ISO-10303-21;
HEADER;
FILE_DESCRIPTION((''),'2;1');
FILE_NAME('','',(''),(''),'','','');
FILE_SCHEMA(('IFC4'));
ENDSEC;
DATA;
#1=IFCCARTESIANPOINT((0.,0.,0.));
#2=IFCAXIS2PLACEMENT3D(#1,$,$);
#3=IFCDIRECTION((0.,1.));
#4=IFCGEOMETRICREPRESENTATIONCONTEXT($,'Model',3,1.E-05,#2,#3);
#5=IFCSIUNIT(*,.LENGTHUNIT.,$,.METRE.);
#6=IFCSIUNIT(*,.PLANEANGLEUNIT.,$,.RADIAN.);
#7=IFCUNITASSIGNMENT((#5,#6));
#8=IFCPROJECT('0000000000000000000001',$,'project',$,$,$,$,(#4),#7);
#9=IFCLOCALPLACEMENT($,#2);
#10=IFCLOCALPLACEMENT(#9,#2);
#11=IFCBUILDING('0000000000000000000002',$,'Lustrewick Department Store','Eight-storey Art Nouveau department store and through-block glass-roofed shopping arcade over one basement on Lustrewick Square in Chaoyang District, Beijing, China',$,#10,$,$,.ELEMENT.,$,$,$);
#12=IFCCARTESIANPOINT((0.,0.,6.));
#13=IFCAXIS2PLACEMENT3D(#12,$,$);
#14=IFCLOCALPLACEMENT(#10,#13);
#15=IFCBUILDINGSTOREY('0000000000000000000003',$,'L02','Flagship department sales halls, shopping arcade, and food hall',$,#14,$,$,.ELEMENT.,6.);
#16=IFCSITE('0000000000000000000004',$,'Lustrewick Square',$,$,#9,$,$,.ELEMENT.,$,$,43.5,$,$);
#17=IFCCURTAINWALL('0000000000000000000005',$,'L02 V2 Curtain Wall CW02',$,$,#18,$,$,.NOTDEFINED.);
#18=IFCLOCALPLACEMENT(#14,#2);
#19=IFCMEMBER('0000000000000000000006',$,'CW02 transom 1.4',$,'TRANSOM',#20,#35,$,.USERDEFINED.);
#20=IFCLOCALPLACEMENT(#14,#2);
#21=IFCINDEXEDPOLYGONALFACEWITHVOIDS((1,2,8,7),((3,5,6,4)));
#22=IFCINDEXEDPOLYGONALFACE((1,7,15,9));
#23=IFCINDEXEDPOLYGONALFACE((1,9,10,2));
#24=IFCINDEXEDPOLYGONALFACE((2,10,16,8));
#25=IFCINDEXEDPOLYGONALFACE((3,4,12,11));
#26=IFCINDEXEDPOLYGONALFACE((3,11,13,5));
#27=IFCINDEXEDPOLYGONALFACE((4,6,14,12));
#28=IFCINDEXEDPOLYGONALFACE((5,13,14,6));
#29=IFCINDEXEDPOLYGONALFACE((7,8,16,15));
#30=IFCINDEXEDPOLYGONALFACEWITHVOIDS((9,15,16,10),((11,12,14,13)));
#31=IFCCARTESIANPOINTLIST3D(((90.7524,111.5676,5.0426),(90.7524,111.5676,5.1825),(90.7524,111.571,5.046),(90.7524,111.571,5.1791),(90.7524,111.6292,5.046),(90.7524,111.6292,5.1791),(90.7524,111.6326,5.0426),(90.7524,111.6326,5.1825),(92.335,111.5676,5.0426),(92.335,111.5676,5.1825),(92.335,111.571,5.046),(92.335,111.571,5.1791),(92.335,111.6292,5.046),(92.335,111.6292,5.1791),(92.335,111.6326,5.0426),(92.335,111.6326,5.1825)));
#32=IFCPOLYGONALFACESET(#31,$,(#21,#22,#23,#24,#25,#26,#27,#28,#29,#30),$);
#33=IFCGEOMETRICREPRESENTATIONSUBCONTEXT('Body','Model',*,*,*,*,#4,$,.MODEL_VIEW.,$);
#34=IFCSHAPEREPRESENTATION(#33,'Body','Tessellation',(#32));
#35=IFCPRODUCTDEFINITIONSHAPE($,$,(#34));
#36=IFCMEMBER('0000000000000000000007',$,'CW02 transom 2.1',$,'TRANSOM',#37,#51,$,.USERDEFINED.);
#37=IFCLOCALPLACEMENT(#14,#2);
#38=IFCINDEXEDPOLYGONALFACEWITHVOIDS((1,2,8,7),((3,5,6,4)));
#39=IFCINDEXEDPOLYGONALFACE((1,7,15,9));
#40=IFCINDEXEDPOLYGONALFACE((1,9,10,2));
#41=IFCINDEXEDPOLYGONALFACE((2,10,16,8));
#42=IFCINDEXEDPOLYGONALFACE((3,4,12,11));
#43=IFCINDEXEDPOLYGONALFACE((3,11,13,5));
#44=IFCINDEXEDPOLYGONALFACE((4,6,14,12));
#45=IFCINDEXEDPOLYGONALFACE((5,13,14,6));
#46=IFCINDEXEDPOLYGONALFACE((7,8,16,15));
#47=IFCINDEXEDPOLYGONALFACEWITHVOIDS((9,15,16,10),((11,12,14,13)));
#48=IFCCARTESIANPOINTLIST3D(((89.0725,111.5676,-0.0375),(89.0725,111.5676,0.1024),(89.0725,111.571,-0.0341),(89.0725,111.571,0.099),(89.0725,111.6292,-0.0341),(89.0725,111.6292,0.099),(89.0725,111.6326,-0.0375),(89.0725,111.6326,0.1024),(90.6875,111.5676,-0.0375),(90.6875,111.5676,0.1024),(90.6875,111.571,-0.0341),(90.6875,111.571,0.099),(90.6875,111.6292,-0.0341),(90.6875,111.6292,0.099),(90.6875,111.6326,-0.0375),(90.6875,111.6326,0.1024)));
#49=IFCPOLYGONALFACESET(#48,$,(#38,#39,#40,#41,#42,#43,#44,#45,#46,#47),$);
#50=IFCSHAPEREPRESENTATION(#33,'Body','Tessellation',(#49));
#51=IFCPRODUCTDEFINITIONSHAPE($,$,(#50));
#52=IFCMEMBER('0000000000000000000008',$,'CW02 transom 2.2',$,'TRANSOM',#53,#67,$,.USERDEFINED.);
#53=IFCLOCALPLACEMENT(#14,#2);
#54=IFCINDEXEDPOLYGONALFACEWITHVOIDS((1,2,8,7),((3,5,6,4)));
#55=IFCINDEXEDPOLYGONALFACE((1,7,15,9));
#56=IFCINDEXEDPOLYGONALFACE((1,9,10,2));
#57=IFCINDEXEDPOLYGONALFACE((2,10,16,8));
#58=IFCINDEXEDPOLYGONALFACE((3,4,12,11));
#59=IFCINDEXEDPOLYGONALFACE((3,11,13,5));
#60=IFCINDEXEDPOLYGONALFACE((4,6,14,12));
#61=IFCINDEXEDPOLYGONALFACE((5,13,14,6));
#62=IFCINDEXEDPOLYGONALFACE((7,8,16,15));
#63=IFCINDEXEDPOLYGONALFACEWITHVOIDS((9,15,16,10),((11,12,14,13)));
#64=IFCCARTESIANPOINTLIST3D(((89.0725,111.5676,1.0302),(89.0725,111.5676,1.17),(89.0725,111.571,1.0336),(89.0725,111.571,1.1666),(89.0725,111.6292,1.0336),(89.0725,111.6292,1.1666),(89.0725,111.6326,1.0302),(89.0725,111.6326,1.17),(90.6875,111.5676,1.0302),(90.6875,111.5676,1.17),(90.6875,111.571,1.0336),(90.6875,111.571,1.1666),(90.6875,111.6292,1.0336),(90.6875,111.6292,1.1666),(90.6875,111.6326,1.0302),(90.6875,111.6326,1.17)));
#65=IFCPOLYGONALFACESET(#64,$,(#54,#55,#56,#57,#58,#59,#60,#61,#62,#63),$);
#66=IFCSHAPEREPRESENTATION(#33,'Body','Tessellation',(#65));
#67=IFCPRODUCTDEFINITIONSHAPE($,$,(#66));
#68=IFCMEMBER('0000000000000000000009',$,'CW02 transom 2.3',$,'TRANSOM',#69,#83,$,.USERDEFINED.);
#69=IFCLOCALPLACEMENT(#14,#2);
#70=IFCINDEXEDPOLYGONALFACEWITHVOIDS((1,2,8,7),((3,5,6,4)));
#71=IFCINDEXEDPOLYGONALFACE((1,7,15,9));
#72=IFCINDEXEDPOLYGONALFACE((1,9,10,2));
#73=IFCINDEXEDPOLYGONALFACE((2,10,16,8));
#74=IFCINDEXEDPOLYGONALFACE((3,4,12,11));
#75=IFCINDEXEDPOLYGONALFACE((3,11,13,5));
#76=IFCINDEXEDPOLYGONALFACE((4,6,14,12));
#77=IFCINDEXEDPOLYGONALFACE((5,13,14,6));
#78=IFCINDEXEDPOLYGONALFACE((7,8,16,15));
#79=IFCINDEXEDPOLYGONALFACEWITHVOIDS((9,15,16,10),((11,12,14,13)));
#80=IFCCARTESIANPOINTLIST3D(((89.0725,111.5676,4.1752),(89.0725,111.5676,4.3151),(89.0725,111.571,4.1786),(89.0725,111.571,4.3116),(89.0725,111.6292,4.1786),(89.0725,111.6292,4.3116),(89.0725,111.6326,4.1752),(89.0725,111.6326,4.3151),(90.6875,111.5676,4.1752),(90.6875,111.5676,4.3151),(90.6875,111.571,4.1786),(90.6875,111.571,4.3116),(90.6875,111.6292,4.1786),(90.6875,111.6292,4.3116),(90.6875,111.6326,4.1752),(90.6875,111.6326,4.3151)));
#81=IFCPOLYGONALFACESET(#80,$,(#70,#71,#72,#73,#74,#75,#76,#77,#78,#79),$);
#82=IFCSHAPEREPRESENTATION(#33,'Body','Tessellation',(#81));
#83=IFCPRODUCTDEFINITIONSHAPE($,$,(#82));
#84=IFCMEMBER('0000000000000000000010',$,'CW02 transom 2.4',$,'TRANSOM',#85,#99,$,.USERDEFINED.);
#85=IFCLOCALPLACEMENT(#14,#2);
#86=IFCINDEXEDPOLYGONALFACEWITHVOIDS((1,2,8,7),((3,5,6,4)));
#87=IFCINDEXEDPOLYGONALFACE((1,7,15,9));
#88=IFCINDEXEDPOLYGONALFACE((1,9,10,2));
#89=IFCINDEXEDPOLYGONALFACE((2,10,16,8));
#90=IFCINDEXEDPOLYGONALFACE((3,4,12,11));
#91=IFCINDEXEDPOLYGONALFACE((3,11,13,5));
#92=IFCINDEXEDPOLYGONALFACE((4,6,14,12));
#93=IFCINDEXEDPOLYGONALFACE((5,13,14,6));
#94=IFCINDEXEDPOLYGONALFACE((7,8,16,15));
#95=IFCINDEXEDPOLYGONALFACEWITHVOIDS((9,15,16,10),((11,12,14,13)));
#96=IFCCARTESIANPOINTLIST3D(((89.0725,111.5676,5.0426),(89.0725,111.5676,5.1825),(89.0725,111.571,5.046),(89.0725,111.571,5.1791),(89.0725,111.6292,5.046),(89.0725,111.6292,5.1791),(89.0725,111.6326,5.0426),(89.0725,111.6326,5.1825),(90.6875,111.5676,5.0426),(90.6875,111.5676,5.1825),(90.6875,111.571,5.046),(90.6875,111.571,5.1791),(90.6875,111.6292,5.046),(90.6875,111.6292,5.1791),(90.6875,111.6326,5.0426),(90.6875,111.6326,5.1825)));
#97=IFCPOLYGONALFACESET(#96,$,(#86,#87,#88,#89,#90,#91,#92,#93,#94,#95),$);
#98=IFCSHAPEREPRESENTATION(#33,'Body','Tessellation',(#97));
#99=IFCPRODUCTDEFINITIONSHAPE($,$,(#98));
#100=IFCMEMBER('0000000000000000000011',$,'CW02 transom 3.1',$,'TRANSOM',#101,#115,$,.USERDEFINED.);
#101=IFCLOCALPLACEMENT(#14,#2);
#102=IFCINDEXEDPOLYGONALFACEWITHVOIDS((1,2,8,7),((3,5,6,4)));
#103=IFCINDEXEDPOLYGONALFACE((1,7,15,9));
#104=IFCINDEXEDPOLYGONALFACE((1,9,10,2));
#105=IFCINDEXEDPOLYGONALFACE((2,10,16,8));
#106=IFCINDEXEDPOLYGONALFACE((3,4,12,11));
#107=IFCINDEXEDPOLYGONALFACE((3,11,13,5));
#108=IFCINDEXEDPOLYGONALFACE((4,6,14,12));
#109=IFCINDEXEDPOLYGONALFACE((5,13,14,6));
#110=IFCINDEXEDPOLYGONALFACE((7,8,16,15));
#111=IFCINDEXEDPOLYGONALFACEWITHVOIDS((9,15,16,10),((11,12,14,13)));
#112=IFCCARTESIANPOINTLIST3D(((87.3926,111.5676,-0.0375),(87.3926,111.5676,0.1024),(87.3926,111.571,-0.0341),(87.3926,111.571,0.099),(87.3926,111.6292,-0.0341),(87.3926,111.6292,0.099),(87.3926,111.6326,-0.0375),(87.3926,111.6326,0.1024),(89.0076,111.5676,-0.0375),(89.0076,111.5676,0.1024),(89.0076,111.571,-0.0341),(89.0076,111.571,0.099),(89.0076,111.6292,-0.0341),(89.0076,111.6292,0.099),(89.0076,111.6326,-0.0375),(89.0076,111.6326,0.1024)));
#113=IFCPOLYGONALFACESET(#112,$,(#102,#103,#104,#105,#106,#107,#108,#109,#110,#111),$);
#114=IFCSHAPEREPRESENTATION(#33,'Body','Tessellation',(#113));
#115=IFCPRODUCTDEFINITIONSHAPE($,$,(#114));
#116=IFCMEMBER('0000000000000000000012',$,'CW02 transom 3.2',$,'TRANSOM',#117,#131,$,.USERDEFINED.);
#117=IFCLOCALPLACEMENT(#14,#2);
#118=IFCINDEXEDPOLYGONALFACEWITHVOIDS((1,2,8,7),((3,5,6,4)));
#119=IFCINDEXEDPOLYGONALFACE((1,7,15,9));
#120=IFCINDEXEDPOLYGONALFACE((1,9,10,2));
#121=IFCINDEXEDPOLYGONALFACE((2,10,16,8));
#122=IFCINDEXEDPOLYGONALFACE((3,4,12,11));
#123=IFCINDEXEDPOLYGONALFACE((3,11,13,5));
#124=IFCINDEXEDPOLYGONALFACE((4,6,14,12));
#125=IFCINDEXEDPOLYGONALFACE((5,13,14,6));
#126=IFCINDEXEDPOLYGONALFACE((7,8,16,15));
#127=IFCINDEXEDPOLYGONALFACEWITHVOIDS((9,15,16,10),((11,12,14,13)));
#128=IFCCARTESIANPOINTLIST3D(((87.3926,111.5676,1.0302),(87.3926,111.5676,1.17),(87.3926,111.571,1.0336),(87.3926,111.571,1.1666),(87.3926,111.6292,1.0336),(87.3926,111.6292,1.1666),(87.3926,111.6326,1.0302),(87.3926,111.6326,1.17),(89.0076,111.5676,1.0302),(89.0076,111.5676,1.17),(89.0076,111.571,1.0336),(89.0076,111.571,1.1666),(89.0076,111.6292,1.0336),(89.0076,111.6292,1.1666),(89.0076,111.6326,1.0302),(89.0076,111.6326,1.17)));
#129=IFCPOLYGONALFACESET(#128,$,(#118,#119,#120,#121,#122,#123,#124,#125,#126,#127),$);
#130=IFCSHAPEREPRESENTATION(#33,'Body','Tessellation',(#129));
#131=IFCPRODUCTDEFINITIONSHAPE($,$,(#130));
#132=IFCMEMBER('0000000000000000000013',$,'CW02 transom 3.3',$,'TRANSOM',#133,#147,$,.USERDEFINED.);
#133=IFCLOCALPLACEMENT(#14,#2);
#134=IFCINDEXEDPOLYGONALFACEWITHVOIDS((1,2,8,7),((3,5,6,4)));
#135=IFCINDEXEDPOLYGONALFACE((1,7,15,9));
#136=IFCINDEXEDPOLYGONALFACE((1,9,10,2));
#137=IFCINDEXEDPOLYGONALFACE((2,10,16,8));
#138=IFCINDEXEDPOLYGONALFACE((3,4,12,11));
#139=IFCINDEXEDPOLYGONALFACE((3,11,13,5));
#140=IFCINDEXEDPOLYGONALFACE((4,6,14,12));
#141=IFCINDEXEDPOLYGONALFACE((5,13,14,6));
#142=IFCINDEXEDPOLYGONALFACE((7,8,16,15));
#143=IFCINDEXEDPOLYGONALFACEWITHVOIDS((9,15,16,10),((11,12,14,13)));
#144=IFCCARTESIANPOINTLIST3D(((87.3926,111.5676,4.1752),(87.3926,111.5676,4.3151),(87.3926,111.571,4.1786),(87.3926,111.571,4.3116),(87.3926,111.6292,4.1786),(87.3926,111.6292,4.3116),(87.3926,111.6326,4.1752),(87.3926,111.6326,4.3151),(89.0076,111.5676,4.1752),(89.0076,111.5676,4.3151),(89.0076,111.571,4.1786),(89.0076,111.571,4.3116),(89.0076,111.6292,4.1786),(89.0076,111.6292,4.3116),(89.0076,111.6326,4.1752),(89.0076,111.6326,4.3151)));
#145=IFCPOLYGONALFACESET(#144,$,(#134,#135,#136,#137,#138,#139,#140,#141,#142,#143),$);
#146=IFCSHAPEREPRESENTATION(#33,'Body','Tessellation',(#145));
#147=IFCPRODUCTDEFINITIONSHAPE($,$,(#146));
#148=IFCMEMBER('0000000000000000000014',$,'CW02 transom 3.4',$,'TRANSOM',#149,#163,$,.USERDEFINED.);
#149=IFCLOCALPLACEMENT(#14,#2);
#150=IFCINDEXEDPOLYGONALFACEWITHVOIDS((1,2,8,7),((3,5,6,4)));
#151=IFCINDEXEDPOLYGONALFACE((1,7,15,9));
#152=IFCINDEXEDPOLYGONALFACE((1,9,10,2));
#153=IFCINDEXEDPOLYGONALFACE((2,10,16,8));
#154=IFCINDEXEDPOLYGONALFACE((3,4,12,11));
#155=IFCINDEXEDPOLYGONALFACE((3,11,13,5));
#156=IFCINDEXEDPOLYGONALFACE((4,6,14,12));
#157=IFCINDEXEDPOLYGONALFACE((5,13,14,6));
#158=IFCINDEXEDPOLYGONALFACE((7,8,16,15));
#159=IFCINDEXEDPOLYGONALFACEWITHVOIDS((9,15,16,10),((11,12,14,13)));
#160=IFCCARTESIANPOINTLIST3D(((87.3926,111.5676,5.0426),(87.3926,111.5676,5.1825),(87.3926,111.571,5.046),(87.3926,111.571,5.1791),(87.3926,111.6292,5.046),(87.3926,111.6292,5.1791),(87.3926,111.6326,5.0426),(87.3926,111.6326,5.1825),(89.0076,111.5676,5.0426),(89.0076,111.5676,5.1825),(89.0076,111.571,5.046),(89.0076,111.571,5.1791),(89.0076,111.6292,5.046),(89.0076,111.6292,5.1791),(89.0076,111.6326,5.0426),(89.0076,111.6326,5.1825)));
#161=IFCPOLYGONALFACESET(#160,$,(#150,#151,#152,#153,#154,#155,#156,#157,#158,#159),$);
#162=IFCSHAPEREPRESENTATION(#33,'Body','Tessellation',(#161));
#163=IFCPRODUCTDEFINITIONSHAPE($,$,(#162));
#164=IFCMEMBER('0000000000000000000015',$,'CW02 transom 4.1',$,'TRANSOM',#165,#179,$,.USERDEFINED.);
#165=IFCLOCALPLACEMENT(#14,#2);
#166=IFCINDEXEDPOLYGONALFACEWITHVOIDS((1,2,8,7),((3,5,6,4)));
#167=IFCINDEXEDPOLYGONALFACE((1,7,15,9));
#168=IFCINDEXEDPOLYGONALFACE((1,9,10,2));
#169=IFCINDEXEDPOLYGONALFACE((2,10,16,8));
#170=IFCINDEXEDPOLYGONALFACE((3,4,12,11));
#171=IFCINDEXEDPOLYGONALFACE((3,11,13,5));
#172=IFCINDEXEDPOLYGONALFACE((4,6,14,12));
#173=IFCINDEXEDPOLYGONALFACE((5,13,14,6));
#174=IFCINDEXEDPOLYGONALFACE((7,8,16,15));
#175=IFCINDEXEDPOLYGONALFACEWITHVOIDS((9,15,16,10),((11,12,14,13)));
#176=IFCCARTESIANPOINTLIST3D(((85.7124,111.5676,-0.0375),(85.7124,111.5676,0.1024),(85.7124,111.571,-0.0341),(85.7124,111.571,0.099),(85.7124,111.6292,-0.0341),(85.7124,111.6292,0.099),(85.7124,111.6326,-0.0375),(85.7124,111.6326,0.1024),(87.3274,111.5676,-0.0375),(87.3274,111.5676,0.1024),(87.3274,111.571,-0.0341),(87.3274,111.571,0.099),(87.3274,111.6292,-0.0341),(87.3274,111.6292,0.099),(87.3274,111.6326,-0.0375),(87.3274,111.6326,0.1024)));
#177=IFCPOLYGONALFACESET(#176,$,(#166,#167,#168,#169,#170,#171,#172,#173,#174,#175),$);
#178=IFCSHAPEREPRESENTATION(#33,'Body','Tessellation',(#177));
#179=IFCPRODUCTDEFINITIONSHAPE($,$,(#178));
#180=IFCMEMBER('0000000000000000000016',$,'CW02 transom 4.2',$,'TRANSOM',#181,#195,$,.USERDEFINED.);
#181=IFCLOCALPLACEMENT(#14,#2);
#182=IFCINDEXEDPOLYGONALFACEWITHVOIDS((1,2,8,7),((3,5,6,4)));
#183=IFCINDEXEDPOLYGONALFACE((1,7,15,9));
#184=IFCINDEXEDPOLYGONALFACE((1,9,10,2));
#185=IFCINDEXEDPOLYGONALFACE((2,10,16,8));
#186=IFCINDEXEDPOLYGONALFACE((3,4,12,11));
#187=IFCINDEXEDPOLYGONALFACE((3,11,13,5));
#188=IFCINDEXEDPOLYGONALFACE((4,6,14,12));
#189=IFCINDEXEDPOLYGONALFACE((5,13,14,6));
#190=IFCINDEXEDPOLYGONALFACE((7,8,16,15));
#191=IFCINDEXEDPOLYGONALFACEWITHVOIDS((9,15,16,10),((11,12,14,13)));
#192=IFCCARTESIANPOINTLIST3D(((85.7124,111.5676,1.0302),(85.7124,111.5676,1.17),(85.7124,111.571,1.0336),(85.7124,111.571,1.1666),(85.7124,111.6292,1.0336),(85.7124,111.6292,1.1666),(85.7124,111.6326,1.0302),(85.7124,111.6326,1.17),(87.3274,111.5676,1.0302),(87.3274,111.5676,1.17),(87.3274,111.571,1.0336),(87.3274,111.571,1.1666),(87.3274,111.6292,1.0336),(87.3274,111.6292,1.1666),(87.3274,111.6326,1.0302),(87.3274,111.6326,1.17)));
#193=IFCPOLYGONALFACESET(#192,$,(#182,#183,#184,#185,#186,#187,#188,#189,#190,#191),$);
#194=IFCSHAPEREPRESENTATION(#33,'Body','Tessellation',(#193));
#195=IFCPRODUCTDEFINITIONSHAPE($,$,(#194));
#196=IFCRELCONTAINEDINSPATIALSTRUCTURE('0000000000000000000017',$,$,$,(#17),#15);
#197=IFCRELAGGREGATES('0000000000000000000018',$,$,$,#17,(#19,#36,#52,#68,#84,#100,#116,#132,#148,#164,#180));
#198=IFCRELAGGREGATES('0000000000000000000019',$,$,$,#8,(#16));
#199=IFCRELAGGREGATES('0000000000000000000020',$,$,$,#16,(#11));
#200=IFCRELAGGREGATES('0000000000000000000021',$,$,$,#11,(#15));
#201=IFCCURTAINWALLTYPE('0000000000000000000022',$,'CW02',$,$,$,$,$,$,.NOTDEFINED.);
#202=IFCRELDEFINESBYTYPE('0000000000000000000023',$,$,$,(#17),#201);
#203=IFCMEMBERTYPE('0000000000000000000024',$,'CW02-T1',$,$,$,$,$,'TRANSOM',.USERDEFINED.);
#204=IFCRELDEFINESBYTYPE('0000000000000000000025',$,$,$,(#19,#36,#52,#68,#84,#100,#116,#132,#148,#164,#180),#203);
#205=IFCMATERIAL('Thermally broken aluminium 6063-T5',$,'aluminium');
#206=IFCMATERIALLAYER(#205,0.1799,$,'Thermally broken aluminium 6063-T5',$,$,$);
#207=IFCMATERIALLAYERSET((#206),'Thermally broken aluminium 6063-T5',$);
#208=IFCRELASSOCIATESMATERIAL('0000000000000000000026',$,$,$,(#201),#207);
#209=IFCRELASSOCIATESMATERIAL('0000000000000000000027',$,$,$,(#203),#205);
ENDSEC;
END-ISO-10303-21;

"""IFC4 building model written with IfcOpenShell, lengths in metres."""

from ifc_helpers import new_model, si_unit, direction, frame, origin, origin_2d, place, context, subcontext, project, spatial, hollow_rectangle, extrude, material, layer, layer_set, material_profile, profile_set, type_object, element, aggregate, save


model = new_model("IFC4")

# Units and contexts
model_context = context("Model", 3, precision=1e-05, world=origin(), true_north=direction((0.0, 1.0)))
body_context = subcontext(model_context, "Body", "Model", "MODEL_VIEW")
ifc_project = project(units=[si_unit("LENGTHUNIT", "METRE"), si_unit("PLANEANGLEUNIT", "RADIAN")], contexts=[model_context])

# Site, building, storey
site_placement = place(None, origin())
site = spatial("IfcSite", under=ifc_project, at=site_placement, Name="Lustrewick Square", CompositionType="ELEMENT", RefElevation=43.5)
building_placement = place(site_placement, origin())
building = spatial("IfcBuilding", under=site, at=building_placement, Name="Lustrewick Department Store", Description="Eight-storey Art Nouveau department store and through-block glass-roofed shopping arcade over one basement on Lustrewick Square in Chaoyang District, Beijing, China", CompositionType="ELEMENT")
storey_placement = place(building_placement, frame((0.0, 0.0, 6.0)))
storey = spatial("IfcBuildingStorey", under=building, at=storey_placement, Name="L02", Description="Flagship department sales halls, shopping arcade, and food hall", CompositionType="ELEMENT", Elevation=6.0)

# Curtain wall, members
ifc_material_1 = material(Name="Thermally broken aluminium 6063-T5", Category="aluminium")
ifc_layer_1 = layer(ifc_material_1, 0.1799, Name="Thermally broken aluminium 6063-T5")
ifc_layer_set_1 = layer_set([ifc_layer_1], Name="Thermally broken aluminium 6063-T5")
curtain_wall_type = type_object("IfcCurtainWallType", Name="CW02", PredefinedType="NOTDEFINED", material=ifc_layer_set_1)
curtain_wall_placement = place(storey_placement, origin())
curtain_wall = element("IfcCurtainWall", 1, at=curtain_wall_placement, inside=storey, type_object=curtain_wall_type, Name="L02 V2 Curtain Wall CW02", PredefinedType="NOTDEFINED")
ifc_material_profile_1 = material_profile(ifc_material_1, hollow_rectangle(XDim=0.0649, YDim=0.1399, WallThickness=0.0034, at=origin_2d()), Name="ALU-T 65x140x3.5")
ifc_profile_set_1 = profile_set([ifc_material_profile_1], Name="Thermally broken aluminium 6063-T5")
member_type_1 = type_object("IfcMemberType", Name="CW02-T1", ElementType="TRANSOM", PredefinedType="USERDEFINED", material=ifc_profile_set_1)
member_1_placement = place(storey_placement, frame((92.335, 111.6001, 5.1125), z_axis=(-1.0, 0.0, 0.0), x_axis=(0.0, -1.0, 0.0)))
member_1 = element("IfcMember", 2, at=member_1_placement, type_object=member_type_1, Name="CW02 transom 1.4", ObjectType="TRANSOM", PredefinedType="USERDEFINED", context=body_context, shape_type="SweptSolid", body=[
    extrude(hollow_rectangle(XDim=0.0649, YDim=0.1399, WallThickness=0.0034, at=origin_2d()), origin(), (0.0, 0.0, 1.0), 1.5825),
])
member_2_placement = place(storey_placement, frame((90.6875, 111.6001, 0.0325), z_axis=(-1.0, 0.0, 0.0), x_axis=(0.0, -1.0, 0.0)))
member_2 = element("IfcMember", 3, at=member_2_placement, type_object=member_type_1, Name="CW02 transom 2.1", ObjectType="TRANSOM", PredefinedType="USERDEFINED", context=body_context, shape_type="SweptSolid", body=[
    extrude(hollow_rectangle(XDim=0.0649, YDim=0.1399, WallThickness=0.0034, at=origin_2d()), origin(), (0.0, 0.0, 1.0), 1.615),
])
member_3_placement = place(storey_placement, frame((90.6875, 111.6001, 1.1001), z_axis=(-1.0, 0.0, 0.0), x_axis=(0.0, -1.0, 0.0)))
member_3 = element("IfcMember", 4, at=member_3_placement, type_object=member_type_1, Name="CW02 transom 2.2", ObjectType="TRANSOM", PredefinedType="USERDEFINED", context=body_context, shape_type="SweptSolid", body=[
    extrude(hollow_rectangle(XDim=0.0649, YDim=0.1399, WallThickness=0.0034, at=origin_2d()), origin(), (0.0, 0.0, 1.0), 1.615),
])
member_4_placement = place(storey_placement, frame((90.6875, 111.6001, 4.2451), z_axis=(-1.0, 0.0, 0.0), x_axis=(0.0, -1.0, 0.0)))
member_4 = element("IfcMember", 5, at=member_4_placement, type_object=member_type_1, Name="CW02 transom 2.3", ObjectType="TRANSOM", PredefinedType="USERDEFINED", context=body_context, shape_type="SweptSolid", body=[
    extrude(hollow_rectangle(XDim=0.0649, YDim=0.1399, WallThickness=0.0034, at=origin_2d()), origin(), (0.0, 0.0, 1.0), 1.615),
])
member_5_placement = place(storey_placement, frame((90.6875, 111.6001, 5.1125), z_axis=(-1.0, 0.0, 0.0), x_axis=(0.0, -1.0, 0.0)))
member_5 = element("IfcMember", 6, at=member_5_placement, type_object=member_type_1, Name="CW02 transom 2.4", ObjectType="TRANSOM", PredefinedType="USERDEFINED", context=body_context, shape_type="SweptSolid", body=[
    extrude(hollow_rectangle(XDim=0.0649, YDim=0.1399, WallThickness=0.0034, at=origin_2d()), origin(), (0.0, 0.0, 1.0), 1.615),
])
member_6_placement = place(storey_placement, frame((89.0076, 111.6001, 0.0325), z_axis=(-1.0, 0.0, 0.0), x_axis=(0.0, -1.0, 0.0)))
member_6 = element("IfcMember", 7, at=member_6_placement, type_object=member_type_1, Name="CW02 transom 3.1", ObjectType="TRANSOM", PredefinedType="USERDEFINED", context=body_context, shape_type="SweptSolid", body=[
    extrude(hollow_rectangle(XDim=0.0649, YDim=0.1399, WallThickness=0.0034, at=origin_2d()), origin(), (0.0, 0.0, 1.0), 1.615),
])
member_7_placement = place(storey_placement, frame((89.0076, 111.6001, 1.1001), z_axis=(-1.0, 0.0, 0.0), x_axis=(0.0, -1.0, 0.0)))
member_7 = element("IfcMember", 8, at=member_7_placement, type_object=member_type_1, Name="CW02 transom 3.2", ObjectType="TRANSOM", PredefinedType="USERDEFINED", context=body_context, shape_type="SweptSolid", body=[
    extrude(hollow_rectangle(XDim=0.0649, YDim=0.1399, WallThickness=0.0034, at=origin_2d()), origin(), (0.0, 0.0, 1.0), 1.615),
])
member_8_placement = place(storey_placement, frame((89.0076, 111.6001, 4.2451), z_axis=(-1.0, 0.0, 0.0), x_axis=(0.0, -1.0, 0.0)))
member_8 = element("IfcMember", 9, at=member_8_placement, type_object=member_type_1, Name="CW02 transom 3.3", ObjectType="TRANSOM", PredefinedType="USERDEFINED", context=body_context, shape_type="SweptSolid", body=[
    extrude(hollow_rectangle(XDim=0.0649, YDim=0.1399, WallThickness=0.0034, at=origin_2d()), origin(), (0.0, 0.0, 1.0), 1.615),
])
member_9_placement = place(storey_placement, frame((89.0076, 111.6001, 5.1125), z_axis=(-1.0, 0.0, 0.0), x_axis=(0.0, -1.0, 0.0)))
member_9 = element("IfcMember", 10, at=member_9_placement, type_object=member_type_1, Name="CW02 transom 3.4", ObjectType="TRANSOM", PredefinedType="USERDEFINED", context=body_context, shape_type="SweptSolid", body=[
    extrude(hollow_rectangle(XDim=0.0649, YDim=0.1399, WallThickness=0.0034, at=origin_2d()), origin(), (0.0, 0.0, 1.0), 1.615),
])
member_10_placement = place(storey_placement, frame((87.3274, 111.6001, 0.0325), z_axis=(-1.0, 0.0, 0.0), x_axis=(0.0, -1.0, 0.0)))
member_10 = element("IfcMember", 11, at=member_10_placement, type_object=member_type_1, Name="CW02 transom 4.1", ObjectType="TRANSOM", PredefinedType="USERDEFINED", context=body_context, shape_type="SweptSolid", body=[
    extrude(hollow_rectangle(XDim=0.0649, YDim=0.1399, WallThickness=0.0034, at=origin_2d()), origin(), (0.0, 0.0, 1.0), 1.615),
])
member_11_placement = place(storey_placement, frame((87.3274, 111.6001, 1.1001), z_axis=(-1.0, 0.0, 0.0), x_axis=(0.0, -1.0, 0.0)))
member_11 = element("IfcMember", 12, at=member_11_placement, type_object=member_type_1, Name="CW02 transom 4.2", ObjectType="TRANSOM", PredefinedType="USERDEFINED", context=body_context, shape_type="SweptSolid", body=[
    extrude(hollow_rectangle(XDim=0.0649, YDim=0.1399, WallThickness=0.0034, at=origin_2d()), origin(), (0.0, 0.0, 1.0), 1.615),
])
aggregate(curtain_wall, [member_1, member_2, member_3, member_4, member_5, member_6, member_7, member_8, member_9, member_10, member_11])

save(model, "model.ifc")
